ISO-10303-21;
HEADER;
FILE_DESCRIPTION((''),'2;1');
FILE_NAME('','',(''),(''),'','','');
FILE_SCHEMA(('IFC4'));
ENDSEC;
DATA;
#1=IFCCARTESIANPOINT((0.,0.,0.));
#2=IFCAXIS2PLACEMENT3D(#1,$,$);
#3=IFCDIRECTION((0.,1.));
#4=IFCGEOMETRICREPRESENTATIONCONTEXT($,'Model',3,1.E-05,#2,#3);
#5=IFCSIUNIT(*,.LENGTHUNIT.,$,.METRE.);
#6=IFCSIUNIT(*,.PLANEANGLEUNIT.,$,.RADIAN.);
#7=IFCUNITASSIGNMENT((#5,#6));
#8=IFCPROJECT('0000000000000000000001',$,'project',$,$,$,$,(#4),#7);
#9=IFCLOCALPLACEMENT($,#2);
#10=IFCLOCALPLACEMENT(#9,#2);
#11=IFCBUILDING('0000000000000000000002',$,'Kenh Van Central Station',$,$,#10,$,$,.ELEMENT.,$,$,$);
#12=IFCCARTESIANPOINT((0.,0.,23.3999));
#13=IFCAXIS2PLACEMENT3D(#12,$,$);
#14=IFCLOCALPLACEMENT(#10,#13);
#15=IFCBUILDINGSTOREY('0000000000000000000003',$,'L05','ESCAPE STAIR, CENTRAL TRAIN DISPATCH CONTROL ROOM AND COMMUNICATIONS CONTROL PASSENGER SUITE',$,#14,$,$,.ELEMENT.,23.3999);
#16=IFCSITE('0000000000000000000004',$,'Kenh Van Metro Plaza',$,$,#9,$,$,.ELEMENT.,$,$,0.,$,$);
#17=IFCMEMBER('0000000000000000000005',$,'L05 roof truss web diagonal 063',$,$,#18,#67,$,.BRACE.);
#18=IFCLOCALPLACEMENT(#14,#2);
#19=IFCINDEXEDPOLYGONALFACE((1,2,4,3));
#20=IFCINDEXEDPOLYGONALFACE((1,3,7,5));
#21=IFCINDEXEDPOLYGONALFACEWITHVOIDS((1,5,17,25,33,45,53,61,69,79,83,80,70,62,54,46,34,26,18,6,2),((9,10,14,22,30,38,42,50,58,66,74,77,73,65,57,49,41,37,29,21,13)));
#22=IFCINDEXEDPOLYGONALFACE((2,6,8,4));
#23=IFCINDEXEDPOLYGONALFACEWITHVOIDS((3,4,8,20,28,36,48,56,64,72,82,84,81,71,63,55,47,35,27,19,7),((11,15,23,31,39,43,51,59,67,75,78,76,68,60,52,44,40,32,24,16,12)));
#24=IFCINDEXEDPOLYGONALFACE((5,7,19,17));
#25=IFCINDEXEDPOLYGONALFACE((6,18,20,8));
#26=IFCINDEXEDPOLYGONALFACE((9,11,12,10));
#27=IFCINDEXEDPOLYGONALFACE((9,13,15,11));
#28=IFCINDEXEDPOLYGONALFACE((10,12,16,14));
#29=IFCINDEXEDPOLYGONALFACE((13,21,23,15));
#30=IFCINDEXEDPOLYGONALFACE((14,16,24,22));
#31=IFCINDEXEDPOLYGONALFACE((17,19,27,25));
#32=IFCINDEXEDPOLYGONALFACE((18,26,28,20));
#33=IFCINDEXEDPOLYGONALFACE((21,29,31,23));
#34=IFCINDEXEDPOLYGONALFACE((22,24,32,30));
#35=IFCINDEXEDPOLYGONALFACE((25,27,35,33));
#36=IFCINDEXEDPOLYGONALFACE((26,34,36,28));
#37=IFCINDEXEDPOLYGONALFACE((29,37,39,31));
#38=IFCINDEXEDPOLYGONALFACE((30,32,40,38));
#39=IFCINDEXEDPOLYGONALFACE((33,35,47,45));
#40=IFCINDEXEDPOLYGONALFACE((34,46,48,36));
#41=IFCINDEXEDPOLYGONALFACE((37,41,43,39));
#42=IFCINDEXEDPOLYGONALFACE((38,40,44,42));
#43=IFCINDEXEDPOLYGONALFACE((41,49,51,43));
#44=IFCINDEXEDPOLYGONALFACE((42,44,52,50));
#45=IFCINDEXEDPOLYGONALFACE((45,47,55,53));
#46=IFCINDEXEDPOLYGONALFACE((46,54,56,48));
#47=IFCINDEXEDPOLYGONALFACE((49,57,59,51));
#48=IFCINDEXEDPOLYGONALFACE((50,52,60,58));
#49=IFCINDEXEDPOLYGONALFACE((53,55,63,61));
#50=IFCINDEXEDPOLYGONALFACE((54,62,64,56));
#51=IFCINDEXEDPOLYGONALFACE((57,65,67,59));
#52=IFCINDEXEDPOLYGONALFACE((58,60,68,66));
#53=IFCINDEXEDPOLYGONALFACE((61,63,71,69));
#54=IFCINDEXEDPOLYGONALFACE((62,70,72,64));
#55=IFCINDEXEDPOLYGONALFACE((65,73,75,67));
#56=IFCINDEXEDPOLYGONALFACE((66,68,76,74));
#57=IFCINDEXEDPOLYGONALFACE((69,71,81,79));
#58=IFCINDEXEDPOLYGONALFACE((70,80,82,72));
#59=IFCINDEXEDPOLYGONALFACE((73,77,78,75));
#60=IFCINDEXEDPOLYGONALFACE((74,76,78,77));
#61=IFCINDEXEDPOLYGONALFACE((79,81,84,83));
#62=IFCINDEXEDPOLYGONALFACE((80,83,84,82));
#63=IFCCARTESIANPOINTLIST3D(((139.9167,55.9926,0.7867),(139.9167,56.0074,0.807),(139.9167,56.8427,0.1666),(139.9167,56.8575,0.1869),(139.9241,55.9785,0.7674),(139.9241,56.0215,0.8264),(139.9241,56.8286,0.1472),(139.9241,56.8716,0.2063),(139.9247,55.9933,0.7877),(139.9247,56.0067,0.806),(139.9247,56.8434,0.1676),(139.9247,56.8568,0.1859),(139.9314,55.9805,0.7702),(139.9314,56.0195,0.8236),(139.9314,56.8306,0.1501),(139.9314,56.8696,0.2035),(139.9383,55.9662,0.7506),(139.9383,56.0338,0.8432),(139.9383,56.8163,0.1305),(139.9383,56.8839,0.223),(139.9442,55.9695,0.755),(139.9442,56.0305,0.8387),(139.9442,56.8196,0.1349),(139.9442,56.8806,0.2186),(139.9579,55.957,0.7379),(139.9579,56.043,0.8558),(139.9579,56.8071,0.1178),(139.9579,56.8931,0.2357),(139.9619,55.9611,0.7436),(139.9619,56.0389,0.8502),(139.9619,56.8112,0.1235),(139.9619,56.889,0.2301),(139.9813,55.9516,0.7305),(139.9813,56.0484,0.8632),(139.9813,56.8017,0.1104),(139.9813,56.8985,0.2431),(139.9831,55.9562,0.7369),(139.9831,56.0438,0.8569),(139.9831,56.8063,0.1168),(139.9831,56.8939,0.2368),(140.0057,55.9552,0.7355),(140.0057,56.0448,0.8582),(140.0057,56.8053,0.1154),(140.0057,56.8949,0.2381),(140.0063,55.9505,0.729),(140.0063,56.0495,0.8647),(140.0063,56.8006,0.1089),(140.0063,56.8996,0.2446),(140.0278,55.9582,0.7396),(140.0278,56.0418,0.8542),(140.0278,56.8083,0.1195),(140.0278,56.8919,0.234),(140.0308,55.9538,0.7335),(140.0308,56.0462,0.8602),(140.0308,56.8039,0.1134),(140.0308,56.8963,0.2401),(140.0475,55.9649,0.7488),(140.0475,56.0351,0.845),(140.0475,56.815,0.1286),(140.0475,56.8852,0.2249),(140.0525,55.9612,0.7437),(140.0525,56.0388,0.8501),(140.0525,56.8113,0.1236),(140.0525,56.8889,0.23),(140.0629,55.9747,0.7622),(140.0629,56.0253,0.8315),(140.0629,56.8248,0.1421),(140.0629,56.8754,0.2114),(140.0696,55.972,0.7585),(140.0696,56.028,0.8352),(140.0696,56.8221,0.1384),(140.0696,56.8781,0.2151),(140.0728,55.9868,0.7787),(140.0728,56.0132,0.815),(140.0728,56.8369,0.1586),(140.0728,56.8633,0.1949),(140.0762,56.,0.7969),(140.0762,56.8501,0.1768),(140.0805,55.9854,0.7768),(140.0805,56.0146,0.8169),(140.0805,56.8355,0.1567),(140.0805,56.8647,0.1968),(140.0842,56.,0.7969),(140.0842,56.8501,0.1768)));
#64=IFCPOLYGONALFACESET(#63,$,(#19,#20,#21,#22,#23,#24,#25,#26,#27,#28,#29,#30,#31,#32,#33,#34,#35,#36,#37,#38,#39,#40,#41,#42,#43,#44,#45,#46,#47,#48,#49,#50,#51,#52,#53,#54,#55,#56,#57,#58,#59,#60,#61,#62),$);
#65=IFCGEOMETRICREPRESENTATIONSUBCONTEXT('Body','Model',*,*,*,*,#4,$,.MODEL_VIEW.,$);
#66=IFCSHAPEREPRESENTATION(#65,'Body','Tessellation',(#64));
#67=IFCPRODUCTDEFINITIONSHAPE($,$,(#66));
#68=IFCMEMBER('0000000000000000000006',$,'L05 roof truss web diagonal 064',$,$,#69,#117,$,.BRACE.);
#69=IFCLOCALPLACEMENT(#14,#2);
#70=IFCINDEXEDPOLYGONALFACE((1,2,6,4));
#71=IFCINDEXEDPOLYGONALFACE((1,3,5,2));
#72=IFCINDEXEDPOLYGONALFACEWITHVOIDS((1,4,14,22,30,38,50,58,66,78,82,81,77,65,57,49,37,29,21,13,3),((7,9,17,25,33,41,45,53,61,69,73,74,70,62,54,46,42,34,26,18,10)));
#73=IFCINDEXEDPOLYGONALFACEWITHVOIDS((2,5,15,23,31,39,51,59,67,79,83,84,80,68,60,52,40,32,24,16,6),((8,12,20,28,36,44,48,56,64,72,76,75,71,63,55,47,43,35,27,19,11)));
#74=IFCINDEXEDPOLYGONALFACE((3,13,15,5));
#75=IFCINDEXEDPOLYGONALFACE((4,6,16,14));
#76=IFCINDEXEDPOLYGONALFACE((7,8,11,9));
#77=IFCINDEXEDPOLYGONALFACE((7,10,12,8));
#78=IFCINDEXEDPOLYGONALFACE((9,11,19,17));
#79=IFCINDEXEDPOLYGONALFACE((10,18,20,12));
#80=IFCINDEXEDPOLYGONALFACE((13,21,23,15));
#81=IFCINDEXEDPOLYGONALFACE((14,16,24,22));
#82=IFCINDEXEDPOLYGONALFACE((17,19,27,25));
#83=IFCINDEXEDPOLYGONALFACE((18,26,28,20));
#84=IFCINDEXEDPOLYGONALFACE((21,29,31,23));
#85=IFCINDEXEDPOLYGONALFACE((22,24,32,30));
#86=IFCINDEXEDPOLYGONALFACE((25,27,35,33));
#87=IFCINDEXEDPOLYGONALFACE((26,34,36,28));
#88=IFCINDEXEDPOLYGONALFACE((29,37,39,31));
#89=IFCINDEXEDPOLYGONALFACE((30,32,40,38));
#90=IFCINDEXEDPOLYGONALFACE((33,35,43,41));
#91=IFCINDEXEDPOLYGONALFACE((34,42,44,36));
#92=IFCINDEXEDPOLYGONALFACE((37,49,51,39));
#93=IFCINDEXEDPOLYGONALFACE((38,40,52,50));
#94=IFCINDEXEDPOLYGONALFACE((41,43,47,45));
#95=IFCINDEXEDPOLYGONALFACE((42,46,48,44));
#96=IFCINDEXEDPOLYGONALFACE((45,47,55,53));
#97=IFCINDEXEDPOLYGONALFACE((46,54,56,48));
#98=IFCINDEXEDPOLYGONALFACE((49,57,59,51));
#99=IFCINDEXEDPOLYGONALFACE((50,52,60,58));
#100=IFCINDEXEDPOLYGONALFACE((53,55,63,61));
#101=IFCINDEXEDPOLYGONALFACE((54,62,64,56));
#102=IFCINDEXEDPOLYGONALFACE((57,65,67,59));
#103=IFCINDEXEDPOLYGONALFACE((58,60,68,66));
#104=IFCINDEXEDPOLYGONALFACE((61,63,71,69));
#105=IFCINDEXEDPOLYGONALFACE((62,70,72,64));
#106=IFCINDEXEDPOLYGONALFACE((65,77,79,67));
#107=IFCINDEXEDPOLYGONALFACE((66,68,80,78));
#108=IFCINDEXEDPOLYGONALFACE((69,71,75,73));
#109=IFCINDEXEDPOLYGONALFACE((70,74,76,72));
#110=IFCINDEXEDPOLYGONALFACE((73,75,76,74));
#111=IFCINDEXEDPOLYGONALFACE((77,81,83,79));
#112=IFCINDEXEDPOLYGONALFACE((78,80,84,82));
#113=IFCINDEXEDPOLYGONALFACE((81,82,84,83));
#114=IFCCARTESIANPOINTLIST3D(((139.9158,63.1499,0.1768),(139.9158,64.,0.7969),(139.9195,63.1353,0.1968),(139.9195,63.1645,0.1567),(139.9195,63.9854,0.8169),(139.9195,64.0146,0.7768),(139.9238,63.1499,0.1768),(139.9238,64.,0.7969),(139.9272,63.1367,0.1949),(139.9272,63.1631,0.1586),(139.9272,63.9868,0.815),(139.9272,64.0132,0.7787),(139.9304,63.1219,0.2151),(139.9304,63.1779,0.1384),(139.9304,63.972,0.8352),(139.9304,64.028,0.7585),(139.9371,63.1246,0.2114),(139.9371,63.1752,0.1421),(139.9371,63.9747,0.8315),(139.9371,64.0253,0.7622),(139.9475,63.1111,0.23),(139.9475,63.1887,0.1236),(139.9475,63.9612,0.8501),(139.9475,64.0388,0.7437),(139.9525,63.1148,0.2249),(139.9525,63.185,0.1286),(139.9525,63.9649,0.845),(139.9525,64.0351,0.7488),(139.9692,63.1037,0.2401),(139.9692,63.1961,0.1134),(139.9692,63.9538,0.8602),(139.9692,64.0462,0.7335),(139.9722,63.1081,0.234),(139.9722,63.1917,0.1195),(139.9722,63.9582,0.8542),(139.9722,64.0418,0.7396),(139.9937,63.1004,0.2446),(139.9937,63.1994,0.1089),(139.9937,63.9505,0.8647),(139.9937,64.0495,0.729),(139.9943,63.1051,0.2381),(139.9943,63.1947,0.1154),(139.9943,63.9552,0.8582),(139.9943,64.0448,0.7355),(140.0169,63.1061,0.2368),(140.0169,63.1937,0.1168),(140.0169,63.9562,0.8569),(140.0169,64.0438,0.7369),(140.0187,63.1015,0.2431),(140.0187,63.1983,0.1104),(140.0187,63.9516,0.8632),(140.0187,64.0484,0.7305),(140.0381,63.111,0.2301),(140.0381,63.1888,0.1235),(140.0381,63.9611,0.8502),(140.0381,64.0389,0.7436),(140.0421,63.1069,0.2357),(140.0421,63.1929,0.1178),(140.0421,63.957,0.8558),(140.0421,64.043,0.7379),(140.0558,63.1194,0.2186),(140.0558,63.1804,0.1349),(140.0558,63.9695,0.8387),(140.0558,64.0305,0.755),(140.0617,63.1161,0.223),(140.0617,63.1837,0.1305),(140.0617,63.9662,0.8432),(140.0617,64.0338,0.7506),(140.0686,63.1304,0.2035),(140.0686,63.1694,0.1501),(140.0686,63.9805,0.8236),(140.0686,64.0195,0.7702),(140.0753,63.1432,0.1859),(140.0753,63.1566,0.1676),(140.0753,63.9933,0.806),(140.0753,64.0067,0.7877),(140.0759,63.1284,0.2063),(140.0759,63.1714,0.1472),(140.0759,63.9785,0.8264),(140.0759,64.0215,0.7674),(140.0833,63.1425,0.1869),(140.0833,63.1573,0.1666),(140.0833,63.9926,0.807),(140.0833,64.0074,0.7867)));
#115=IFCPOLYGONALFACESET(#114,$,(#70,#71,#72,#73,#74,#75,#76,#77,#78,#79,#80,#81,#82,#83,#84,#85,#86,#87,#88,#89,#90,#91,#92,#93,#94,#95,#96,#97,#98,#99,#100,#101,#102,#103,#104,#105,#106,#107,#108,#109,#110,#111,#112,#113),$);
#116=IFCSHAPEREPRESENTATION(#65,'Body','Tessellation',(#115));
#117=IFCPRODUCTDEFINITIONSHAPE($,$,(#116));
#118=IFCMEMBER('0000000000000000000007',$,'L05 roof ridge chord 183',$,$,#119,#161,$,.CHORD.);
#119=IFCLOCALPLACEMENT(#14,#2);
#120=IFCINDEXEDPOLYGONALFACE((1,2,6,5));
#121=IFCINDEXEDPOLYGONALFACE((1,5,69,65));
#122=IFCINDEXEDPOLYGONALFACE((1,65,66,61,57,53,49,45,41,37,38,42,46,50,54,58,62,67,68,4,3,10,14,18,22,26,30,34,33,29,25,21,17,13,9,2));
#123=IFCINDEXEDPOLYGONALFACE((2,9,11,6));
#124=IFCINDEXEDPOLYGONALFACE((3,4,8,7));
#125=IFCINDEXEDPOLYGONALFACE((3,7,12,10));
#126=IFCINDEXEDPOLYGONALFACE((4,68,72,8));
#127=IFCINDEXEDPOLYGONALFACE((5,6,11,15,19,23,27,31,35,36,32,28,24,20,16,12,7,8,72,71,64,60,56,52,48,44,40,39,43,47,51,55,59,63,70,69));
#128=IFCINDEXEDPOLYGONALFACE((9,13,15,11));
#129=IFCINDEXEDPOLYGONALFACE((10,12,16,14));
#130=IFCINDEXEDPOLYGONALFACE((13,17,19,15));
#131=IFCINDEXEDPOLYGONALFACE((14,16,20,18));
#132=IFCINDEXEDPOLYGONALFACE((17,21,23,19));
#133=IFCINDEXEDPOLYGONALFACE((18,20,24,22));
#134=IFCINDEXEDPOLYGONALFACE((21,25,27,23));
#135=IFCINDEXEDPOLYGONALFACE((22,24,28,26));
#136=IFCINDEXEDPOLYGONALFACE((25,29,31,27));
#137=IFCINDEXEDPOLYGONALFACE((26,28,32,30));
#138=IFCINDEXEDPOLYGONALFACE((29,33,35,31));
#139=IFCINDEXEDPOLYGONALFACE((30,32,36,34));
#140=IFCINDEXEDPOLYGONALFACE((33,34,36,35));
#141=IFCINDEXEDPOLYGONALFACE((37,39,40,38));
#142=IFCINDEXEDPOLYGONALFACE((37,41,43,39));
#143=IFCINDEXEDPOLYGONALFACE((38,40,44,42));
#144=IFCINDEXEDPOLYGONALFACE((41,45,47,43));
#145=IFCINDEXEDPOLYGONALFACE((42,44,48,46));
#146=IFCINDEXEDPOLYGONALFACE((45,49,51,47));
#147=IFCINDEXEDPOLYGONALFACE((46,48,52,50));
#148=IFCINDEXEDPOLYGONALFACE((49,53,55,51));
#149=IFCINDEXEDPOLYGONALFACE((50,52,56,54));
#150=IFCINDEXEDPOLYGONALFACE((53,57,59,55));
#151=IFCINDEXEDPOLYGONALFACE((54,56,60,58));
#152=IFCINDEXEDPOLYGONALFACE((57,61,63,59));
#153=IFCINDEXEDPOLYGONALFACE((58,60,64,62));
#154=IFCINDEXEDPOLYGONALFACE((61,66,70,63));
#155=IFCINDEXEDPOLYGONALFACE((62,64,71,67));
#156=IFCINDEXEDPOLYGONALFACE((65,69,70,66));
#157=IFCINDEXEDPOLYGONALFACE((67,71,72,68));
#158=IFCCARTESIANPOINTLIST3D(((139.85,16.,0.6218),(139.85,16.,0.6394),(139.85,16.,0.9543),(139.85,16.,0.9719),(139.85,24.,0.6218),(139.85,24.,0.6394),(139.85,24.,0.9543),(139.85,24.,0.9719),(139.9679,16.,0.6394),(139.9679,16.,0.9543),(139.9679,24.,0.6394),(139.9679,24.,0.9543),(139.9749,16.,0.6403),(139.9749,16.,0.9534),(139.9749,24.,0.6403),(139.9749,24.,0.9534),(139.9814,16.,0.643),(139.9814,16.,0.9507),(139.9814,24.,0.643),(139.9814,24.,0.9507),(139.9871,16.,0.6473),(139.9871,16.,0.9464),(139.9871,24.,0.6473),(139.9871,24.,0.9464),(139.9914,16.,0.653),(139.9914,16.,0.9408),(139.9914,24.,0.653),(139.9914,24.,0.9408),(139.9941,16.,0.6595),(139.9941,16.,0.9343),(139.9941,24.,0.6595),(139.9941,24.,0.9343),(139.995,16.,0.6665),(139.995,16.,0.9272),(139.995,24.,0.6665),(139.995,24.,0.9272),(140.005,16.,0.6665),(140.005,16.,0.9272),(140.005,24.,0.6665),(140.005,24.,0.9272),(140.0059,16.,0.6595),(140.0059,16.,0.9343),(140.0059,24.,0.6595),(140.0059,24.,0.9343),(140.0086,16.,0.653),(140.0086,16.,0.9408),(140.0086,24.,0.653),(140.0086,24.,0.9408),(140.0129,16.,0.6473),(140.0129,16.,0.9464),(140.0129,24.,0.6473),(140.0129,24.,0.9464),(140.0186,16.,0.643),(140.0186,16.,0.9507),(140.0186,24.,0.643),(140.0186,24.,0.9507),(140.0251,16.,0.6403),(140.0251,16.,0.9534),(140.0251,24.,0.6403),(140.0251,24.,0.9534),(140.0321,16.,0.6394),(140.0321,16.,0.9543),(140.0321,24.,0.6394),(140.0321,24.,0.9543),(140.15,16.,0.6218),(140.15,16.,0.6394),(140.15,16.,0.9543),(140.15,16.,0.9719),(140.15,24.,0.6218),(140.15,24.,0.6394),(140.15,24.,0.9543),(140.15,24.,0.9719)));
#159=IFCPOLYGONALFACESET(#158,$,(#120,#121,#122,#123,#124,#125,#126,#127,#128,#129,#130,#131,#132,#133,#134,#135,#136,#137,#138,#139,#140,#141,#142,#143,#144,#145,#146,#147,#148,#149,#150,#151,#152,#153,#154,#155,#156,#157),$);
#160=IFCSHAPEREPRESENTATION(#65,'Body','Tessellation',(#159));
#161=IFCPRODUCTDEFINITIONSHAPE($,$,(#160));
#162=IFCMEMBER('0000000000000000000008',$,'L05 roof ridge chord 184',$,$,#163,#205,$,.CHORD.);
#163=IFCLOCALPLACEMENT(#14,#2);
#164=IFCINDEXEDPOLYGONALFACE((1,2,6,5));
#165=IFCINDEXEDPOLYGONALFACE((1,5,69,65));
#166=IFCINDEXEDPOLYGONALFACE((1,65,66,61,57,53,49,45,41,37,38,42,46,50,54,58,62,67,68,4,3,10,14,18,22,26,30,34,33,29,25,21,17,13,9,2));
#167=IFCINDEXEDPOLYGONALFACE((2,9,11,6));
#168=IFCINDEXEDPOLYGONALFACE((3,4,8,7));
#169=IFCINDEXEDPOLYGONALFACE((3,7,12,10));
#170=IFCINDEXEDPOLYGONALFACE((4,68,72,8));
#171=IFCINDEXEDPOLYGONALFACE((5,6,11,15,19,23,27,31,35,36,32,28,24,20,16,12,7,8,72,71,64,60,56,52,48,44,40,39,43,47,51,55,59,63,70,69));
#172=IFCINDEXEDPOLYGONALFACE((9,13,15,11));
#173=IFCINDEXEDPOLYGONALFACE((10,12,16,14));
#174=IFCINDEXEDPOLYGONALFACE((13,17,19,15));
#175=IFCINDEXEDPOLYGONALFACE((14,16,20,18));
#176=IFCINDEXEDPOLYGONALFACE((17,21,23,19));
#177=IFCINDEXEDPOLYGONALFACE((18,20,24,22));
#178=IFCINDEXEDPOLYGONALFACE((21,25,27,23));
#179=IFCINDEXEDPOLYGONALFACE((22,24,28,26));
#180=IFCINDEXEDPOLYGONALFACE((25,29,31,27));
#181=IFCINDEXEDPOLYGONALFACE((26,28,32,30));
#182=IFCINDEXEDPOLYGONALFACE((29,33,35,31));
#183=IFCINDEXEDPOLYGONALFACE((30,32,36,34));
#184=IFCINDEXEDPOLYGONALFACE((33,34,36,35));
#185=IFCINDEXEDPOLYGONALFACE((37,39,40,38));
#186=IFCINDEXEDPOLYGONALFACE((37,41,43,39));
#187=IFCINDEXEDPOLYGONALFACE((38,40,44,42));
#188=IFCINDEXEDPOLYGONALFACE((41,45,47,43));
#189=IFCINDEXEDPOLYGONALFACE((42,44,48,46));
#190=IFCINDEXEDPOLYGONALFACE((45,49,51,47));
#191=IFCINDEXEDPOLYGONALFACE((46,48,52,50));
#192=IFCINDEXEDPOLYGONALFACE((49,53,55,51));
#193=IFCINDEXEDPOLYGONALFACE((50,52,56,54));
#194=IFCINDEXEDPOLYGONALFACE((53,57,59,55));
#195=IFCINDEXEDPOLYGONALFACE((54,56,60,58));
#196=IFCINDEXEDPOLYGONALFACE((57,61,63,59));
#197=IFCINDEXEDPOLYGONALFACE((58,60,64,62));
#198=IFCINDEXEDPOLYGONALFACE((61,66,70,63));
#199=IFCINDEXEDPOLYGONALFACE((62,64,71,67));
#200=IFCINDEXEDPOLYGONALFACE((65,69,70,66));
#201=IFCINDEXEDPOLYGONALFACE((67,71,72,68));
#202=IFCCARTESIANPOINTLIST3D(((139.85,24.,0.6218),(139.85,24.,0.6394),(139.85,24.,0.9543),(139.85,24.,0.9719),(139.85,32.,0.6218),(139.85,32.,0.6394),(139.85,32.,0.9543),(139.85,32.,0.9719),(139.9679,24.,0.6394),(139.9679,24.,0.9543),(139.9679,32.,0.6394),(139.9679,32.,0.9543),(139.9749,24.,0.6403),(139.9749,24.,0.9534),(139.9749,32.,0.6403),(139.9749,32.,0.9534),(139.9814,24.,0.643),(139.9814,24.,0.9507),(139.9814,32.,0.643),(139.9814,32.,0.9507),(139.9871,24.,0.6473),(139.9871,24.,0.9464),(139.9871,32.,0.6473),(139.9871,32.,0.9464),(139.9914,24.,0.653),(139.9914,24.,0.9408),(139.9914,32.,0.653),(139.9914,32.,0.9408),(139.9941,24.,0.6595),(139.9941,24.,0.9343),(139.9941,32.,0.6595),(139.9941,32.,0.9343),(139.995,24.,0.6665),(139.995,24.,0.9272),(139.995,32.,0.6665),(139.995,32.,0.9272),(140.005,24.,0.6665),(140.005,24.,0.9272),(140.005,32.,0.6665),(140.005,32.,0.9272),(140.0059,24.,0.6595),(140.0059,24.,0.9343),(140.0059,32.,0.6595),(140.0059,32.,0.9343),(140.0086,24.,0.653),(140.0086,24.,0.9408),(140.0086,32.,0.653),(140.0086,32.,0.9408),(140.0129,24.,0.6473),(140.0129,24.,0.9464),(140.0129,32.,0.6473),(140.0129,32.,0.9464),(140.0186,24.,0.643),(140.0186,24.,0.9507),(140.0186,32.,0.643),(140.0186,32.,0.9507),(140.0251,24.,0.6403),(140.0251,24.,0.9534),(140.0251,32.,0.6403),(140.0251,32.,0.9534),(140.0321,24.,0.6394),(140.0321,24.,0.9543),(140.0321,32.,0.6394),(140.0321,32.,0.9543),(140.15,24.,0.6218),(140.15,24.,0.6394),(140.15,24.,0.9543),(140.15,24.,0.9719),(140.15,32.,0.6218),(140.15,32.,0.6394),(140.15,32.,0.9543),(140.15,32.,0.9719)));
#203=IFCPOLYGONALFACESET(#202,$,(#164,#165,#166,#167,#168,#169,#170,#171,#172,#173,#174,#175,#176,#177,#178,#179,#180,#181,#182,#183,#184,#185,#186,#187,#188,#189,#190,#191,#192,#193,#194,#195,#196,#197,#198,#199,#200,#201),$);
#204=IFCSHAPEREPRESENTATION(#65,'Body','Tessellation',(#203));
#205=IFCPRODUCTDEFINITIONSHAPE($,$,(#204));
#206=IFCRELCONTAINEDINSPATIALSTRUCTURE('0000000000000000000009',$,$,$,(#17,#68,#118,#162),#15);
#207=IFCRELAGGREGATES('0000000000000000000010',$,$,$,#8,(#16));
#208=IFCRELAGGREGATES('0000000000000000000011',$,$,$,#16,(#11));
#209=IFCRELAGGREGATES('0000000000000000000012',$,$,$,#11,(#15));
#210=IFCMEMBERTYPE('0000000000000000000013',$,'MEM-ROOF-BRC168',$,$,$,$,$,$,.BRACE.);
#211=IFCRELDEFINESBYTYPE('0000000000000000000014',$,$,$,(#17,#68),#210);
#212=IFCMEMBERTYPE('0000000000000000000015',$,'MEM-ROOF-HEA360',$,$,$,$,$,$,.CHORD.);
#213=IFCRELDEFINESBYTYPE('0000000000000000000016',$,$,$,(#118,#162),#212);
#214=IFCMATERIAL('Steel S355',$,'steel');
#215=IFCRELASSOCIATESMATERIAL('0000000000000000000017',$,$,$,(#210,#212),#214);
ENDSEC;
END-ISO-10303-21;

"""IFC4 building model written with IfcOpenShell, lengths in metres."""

from ifc_helpers import new_model, si_unit, direction, frame, origin, origin_2d, place, context, subcontext, project, spatial, hollow_circle, i_section, extrude, material, material_profile, profile_set, type_object, element, save


model = new_model("IFC4")

# Units and contexts
model_context = context("Model", 3, precision=1e-05, world=origin(), true_north=direction((0.0, 1.0)))
body_context = subcontext(model_context, "Body", "Model", "MODEL_VIEW")
ifc_project = project(units=[si_unit("LENGTHUNIT", "METRE"), si_unit("PLANEANGLEUNIT", "RADIAN")], contexts=[model_context])

# Site, building, storey
site_placement = place(None, origin())
site = spatial("IfcSite", under=ifc_project, at=site_placement, Name="Kenh Van Metro Plaza", CompositionType="ELEMENT", RefElevation=0.0)
building_placement = place(site_placement, origin())
building = spatial("IfcBuilding", under=site, at=building_placement, Name="Kenh Van Central Station", CompositionType="ELEMENT")
storey_placement = place(building_placement, frame((0.0, 0.0, 23.3999)))
storey = spatial("IfcBuildingStorey", under=building, at=storey_placement, Name="L05", Description="ESCAPE STAIR, CENTRAL TRAIN DISPATCH CONTROL ROOM AND COMMUNICATIONS CONTROL PASSENGER SUITE", CompositionType="ELEMENT", Elevation=23.3999)

# Shared definitions
ifc_material_1 = material(Name="Steel S355", Category="steel")

# Members
ifc_material_profile_1 = material_profile(ifc_material_1, hollow_circle(Radius=0.0842, WallThickness=0.0081, at=origin_2d()), Name="CHS 168.3x8")
ifc_profile_set_1 = profile_set([ifc_material_profile_1], Name="Steel S355")
member_type_1 = type_object("IfcMemberType", Name="MEM-ROOF-BRC168", PredefinedType="BRACE", material=ifc_profile_set_1)
for number, where, z_axis, x_axis, name in (
    (1, (140.0, 56.8501, 0.1768), (0.0, -0.807892, 0.58933), (1.0, 0.0, 0.0), "L05 roof truss web diagonal 063"),
    (2, (140.0, 63.1499, 0.1768), (0.0, 0.807892, 0.58933), (-1.0, 0.0, 0.0), "L05 roof truss web diagonal 064"),
):
    element("IfcMember", number, at=place(storey_placement, frame(where, z_axis=z_axis, x_axis=x_axis)), inside=storey, type_object=member_type_1, Name=name, PredefinedType="BRACE", context=body_context, shape_type="SweptSolid", body=[
        extrude(hollow_circle(Radius=0.0842, WallThickness=0.0081, at=origin_2d()), origin(), (0.0, 0.0, 1.0), 1.0522),
    ])
ifc_material_profile_2 = material_profile(ifc_material_1, i_section(OverallWidth=0.3, OverallDepth=0.3501, WebThickness=0.01, FlangeThickness=0.0176, FilletRadius=0.0271, at=origin_2d()), Name="HEA 360")
ifc_profile_set_2 = profile_set([ifc_material_profile_2], Name="Steel S355")
member_type_2 = type_object("IfcMemberType", Name="MEM-ROOF-HEA360", PredefinedType="CHORD", material=ifc_profile_set_2)
for number, where, z_axis, x_axis, name in (
    (3, (140.0, 16.0, 0.7969), (0.0, 1.0, 0.0), (-1.0, 0.0, 0.0), "L05 roof ridge chord 183"),
    (4, (140.0, 24.0, 0.7969), (0.0, 1.0, 0.0), (-1.0, 0.0, 0.0), "L05 roof ridge chord 184"),
):
    element("IfcMember", number, at=place(storey_placement, frame(where, z_axis=z_axis, x_axis=x_axis)), inside=storey, type_object=member_type_2, Name=name, PredefinedType="CHORD", context=body_context, shape_type="SweptSolid", body=[
        extrude(i_section(OverallWidth=0.3, OverallDepth=0.3501, WebThickness=0.01, FlangeThickness=0.0176, FilletRadius=0.0271, at=origin_2d()), origin(), (0.0, 0.0, 1.0), 8.0),
    ])

save(model, "model.ifc")
